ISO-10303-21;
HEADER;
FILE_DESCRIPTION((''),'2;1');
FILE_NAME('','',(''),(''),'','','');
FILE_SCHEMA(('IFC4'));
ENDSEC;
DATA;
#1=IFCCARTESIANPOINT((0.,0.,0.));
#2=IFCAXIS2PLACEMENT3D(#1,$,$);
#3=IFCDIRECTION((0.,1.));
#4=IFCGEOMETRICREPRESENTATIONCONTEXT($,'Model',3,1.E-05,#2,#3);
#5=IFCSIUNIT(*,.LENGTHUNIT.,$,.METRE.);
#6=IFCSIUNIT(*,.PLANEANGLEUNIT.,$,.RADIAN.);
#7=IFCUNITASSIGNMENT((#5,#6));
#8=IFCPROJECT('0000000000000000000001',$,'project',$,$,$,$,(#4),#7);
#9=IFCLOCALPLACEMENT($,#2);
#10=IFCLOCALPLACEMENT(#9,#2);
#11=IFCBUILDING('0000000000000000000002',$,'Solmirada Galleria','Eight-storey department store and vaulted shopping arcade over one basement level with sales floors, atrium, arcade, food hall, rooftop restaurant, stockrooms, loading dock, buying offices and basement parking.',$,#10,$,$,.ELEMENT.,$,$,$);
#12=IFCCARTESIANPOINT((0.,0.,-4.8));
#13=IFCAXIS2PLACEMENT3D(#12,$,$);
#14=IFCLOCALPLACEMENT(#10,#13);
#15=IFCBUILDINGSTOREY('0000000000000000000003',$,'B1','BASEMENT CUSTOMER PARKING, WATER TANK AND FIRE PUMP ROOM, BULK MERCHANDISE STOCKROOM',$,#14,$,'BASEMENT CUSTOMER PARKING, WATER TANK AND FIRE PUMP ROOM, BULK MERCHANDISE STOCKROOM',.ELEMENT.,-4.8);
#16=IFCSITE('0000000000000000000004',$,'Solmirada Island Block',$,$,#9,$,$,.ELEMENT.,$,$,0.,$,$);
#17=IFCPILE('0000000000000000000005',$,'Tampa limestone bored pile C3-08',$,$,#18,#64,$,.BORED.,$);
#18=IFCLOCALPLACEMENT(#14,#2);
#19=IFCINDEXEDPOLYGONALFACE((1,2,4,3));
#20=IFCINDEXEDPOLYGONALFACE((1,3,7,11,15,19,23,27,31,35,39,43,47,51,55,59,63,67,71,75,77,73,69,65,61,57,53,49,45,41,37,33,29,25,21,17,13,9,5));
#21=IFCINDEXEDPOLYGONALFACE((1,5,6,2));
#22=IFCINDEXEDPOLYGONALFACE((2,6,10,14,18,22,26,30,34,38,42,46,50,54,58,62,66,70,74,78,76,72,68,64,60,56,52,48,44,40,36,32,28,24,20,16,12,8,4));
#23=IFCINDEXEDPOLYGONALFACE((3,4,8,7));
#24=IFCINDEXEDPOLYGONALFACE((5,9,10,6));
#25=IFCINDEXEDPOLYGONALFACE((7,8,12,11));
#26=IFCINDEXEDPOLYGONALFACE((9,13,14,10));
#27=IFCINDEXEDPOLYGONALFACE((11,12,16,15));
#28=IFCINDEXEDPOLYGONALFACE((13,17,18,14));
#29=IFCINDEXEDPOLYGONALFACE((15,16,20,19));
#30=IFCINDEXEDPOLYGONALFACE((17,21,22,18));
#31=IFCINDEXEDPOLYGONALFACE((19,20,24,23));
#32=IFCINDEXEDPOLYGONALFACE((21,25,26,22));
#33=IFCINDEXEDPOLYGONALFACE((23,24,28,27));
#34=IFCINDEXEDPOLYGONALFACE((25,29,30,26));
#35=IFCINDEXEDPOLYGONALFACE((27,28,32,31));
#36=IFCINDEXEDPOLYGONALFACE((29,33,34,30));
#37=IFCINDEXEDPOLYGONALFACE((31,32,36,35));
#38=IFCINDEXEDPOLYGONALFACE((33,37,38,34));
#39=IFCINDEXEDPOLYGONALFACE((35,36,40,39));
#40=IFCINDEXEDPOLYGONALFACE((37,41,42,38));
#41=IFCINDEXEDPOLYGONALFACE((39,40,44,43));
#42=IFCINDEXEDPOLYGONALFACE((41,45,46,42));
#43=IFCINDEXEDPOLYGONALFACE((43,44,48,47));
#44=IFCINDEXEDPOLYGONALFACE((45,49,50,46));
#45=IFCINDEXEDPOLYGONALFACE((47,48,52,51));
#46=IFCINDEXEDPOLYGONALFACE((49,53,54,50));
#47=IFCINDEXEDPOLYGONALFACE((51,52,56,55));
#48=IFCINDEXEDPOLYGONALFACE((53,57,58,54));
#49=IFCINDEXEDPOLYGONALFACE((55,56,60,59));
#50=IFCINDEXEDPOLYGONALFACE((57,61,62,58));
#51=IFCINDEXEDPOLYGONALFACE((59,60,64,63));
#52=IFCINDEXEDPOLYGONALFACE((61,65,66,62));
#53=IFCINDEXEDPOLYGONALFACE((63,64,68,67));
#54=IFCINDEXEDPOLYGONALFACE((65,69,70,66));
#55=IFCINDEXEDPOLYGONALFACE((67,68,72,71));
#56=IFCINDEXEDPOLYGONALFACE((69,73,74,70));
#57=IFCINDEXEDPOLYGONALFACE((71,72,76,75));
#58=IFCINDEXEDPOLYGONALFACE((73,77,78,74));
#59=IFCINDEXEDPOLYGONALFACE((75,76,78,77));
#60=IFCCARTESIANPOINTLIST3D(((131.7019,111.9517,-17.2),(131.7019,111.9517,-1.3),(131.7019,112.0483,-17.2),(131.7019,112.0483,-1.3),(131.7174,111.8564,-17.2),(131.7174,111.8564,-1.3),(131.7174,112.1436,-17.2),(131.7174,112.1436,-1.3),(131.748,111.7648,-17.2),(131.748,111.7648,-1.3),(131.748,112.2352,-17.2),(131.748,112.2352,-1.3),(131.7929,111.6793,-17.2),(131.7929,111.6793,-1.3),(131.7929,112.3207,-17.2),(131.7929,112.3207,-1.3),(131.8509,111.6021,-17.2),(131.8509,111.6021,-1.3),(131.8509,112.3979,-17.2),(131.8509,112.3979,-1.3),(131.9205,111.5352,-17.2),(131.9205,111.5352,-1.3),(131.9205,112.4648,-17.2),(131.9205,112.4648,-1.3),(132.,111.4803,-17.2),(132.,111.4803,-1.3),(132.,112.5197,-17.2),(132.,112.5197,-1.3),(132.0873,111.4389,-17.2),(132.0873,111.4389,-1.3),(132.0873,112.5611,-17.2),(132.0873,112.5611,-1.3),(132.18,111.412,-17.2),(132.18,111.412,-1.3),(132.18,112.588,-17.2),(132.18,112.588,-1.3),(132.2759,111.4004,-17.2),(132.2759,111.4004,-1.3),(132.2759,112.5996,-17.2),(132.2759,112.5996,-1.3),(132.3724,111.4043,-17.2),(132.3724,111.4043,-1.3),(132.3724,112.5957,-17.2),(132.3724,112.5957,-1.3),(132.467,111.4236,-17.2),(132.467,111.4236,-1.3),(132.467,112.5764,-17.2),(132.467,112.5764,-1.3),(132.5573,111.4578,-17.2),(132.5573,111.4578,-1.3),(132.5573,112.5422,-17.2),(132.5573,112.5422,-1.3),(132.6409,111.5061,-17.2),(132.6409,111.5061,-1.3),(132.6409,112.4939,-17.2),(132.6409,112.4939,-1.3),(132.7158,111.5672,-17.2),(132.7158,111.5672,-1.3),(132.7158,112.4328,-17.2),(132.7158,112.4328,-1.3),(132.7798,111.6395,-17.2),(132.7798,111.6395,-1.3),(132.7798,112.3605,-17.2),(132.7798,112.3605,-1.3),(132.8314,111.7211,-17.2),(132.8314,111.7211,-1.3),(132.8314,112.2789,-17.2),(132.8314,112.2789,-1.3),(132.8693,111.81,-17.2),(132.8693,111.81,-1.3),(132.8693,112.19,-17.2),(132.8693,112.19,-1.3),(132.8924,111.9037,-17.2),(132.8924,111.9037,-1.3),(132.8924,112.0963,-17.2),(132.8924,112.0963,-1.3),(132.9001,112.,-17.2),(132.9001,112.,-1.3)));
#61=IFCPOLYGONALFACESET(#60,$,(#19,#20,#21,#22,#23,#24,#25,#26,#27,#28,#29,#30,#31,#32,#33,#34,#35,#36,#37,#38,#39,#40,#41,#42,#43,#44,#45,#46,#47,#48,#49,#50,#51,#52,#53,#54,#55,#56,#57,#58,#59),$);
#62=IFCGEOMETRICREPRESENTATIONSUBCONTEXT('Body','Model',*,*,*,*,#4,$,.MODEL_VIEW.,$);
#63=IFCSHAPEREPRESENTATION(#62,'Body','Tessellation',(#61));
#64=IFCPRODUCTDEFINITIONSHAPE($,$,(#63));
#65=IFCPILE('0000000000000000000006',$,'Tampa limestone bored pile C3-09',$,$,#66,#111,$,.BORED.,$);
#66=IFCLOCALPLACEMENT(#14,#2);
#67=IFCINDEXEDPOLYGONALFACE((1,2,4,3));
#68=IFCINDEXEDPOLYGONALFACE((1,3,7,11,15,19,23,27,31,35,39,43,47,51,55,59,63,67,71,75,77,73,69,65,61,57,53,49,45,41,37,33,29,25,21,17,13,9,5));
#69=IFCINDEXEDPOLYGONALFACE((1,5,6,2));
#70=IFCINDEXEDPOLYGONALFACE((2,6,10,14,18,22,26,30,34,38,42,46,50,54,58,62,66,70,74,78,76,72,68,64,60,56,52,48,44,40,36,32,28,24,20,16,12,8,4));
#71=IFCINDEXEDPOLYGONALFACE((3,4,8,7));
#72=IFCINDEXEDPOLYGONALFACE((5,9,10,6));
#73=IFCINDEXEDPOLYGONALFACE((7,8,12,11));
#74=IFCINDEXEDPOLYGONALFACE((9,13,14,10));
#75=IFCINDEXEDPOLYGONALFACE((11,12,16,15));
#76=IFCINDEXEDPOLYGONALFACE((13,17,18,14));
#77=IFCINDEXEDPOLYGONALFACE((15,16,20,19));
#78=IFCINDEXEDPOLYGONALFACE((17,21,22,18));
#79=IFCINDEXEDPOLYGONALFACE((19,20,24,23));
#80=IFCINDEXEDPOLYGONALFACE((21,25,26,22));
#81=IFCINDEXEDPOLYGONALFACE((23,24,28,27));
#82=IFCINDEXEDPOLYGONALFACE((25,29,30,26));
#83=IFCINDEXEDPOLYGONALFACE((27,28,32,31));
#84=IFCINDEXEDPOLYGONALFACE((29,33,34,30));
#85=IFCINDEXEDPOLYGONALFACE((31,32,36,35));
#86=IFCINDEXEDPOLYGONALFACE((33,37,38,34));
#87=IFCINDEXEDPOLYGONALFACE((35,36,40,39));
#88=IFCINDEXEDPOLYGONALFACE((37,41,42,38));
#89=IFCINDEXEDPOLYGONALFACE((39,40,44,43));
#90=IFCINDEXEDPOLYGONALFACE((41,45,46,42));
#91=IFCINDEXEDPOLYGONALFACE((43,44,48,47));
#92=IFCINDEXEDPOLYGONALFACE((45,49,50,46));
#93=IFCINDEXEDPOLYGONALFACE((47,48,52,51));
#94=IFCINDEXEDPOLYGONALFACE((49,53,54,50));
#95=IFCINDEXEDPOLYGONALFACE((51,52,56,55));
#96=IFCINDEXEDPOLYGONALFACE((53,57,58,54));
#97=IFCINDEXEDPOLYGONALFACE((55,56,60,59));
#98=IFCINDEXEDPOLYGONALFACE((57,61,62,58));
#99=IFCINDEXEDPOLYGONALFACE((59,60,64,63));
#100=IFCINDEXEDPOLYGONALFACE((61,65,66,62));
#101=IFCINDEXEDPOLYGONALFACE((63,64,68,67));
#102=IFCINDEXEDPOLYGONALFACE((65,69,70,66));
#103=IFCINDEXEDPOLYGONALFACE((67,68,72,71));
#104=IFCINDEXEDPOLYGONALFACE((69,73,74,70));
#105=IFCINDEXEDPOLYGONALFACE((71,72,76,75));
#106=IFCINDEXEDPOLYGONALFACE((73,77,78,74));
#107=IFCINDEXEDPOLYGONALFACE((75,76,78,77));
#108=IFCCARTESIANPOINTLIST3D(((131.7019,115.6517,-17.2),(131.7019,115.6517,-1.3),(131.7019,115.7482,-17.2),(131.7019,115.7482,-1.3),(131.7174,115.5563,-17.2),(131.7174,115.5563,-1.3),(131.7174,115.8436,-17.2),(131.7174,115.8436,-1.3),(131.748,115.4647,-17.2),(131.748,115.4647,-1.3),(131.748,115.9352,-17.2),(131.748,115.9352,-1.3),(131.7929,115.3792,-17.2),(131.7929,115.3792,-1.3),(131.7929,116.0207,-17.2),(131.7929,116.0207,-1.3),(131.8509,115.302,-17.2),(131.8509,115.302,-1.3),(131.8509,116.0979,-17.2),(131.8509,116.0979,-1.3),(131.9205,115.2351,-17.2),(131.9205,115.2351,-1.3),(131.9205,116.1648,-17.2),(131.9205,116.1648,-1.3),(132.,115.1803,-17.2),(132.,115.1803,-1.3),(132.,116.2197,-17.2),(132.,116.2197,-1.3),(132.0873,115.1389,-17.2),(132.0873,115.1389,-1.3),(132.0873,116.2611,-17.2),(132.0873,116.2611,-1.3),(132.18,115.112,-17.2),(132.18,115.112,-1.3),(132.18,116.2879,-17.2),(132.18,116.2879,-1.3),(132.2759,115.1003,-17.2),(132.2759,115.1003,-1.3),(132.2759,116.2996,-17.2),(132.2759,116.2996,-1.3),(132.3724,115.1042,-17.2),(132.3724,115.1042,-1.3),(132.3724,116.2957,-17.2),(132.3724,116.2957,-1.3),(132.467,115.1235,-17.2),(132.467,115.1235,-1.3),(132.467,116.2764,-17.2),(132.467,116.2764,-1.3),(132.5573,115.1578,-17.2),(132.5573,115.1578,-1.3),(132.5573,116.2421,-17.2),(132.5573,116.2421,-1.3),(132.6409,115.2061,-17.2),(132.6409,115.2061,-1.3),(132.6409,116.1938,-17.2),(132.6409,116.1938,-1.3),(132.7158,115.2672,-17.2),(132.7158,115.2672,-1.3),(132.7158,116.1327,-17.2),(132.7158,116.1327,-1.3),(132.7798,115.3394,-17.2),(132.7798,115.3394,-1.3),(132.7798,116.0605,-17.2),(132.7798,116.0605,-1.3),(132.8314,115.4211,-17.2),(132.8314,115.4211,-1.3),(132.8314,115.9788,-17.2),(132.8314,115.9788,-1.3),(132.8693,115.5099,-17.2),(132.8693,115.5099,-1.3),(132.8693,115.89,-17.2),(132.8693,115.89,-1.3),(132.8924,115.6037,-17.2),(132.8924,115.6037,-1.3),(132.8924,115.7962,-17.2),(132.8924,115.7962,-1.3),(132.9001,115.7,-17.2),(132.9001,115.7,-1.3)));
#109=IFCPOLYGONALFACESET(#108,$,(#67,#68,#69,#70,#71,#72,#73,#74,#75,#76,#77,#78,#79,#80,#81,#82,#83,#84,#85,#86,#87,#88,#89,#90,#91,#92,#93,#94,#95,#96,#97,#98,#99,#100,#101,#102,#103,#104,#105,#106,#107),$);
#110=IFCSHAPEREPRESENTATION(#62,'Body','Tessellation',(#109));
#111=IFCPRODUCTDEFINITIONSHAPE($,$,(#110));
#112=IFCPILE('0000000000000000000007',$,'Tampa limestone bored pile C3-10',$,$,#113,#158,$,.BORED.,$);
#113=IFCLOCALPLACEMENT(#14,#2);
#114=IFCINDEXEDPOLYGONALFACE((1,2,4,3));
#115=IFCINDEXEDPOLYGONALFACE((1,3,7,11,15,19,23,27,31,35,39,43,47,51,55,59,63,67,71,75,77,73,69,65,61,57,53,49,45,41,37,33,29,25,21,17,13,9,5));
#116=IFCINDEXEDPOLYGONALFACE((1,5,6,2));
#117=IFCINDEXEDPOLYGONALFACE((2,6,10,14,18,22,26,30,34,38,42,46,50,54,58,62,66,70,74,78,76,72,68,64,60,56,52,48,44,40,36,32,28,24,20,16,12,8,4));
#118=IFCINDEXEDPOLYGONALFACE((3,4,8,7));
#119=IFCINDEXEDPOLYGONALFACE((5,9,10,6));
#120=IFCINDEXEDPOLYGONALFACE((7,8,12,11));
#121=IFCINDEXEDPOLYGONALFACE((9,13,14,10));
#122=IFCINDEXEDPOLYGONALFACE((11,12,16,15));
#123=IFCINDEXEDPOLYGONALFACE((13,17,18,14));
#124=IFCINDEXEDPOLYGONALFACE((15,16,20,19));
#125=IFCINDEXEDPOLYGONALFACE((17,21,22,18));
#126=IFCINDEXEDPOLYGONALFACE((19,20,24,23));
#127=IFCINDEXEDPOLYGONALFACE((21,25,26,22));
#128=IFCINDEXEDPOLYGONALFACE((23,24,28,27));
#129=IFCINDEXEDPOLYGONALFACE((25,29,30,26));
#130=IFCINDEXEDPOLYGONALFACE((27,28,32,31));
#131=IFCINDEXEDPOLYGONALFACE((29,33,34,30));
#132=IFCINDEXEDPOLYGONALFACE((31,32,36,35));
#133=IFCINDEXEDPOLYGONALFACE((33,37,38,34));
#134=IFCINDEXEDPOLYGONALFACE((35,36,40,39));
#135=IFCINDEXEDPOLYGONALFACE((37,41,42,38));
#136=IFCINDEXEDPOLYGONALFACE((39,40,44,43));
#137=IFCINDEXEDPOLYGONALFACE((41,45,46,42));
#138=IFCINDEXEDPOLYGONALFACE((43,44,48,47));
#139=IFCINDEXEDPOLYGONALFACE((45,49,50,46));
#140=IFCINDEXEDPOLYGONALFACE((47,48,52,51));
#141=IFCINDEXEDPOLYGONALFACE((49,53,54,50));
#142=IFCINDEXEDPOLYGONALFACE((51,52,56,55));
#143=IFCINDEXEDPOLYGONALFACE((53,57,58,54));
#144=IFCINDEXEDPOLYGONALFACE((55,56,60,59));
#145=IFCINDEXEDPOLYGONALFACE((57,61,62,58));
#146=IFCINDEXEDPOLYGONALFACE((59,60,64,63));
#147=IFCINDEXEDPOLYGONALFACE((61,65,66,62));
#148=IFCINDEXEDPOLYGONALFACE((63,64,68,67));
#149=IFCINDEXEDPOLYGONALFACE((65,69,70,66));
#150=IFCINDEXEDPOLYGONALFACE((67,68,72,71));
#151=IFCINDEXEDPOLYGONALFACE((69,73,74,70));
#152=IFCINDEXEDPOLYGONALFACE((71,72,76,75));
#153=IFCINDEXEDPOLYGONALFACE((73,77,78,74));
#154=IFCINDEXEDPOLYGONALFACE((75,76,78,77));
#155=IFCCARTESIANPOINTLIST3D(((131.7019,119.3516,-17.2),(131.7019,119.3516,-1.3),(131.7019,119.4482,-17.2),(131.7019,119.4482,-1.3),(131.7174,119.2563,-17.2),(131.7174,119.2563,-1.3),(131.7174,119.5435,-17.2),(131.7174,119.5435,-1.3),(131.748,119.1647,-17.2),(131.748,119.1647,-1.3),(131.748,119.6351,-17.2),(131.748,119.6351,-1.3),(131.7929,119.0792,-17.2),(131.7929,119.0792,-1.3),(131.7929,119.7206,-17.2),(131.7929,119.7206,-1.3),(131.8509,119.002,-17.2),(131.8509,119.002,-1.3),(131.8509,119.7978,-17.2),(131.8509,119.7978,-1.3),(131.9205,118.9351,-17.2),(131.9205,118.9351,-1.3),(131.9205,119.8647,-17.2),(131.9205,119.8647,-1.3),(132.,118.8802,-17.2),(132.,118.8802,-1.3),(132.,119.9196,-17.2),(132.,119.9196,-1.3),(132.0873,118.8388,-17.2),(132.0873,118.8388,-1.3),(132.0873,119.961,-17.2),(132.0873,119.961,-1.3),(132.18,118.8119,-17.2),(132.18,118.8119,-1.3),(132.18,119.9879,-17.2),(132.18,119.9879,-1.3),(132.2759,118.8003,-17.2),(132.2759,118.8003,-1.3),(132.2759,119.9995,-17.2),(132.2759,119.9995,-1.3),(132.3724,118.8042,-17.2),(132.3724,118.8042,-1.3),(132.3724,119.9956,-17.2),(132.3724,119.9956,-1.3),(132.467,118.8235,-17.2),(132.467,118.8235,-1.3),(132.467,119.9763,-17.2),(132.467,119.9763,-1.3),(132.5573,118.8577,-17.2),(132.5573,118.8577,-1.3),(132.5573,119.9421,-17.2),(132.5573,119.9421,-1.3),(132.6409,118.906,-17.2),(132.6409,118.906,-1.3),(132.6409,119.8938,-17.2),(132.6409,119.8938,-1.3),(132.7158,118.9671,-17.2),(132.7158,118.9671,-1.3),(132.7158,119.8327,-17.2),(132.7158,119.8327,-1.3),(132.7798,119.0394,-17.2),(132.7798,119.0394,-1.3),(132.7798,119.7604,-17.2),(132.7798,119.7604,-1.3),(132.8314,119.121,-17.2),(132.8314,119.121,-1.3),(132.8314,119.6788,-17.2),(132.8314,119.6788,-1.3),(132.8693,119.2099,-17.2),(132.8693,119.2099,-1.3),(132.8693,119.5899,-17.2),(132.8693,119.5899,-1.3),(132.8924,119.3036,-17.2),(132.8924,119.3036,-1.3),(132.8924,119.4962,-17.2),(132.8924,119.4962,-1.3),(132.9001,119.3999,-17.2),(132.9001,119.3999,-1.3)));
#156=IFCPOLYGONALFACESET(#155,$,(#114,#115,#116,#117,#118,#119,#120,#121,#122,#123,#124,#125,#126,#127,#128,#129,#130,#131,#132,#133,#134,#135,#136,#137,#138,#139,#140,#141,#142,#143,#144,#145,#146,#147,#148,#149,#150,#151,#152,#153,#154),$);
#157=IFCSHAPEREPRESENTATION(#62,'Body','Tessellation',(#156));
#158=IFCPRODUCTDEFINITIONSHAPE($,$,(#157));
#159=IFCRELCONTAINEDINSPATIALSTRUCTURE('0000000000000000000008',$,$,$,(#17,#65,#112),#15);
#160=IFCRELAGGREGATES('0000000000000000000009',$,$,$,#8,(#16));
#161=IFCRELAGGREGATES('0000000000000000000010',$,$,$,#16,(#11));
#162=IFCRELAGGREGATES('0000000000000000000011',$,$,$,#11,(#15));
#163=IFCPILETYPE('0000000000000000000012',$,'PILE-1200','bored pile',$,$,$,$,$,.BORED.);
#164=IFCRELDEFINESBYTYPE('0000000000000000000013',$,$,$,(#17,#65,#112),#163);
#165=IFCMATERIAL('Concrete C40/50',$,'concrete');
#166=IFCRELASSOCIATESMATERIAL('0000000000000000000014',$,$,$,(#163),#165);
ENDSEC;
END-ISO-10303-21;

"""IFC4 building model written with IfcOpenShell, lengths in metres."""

from ifc_helpers import new_model, si_unit, direction, frame, origin, origin_2d, place, context, subcontext, project, spatial, circle, extrude, material, material_profile, profile_set, type_object, element, save


model = new_model("IFC4")

# Units and contexts
model_context = context("Model", 3, precision=1e-05, world=origin(), true_north=direction((0.0, 1.0)))
body_context = subcontext(model_context, "Body", "Model", "MODEL_VIEW")
ifc_project = project(units=[si_unit("LENGTHUNIT", "METRE"), si_unit("PLANEANGLEUNIT", "RADIAN")], contexts=[model_context])

# Site, building, storey
site_placement = place(None, origin())
site = spatial("IfcSite", under=ifc_project, at=site_placement, Name="Solmirada Island Block", CompositionType="ELEMENT", RefElevation=0.0)
building_placement = place(site_placement, origin())
building = spatial("IfcBuilding", under=site, at=building_placement, Name="Solmirada Galleria", Description="Eight-storey department store and vaulted shopping arcade over one basement level with sales floors, atrium, arcade, food hall, rooftop restaurant, stockrooms, loading dock, buying offices and basement parking.", CompositionType="ELEMENT")
storey_placement = place(building_placement, frame((0.0, 0.0, -4.8)))
storey = spatial("IfcBuildingStorey", under=building, at=storey_placement, Name="B1", Description="BASEMENT CUSTOMER PARKING, WATER TANK AND FIRE PUMP ROOM, BULK MERCHANDISE STOCKROOM", LongName="BASEMENT CUSTOMER PARKING, WATER TANK AND FIRE PUMP ROOM, BULK MERCHANDISE STOCKROOM", CompositionType="ELEMENT", Elevation=-4.8)

# Piles
ifc_material_1 = material(Name="Concrete C40/50", Category="concrete")
ifc_material_profile_1 = material_profile(ifc_material_1, circle(Radius=0.6001, at=origin_2d()), Name="PILE1200")
ifc_profile_set_1 = profile_set([ifc_material_profile_1], Name="Concrete C40/50")
pile_type = type_object("IfcPileType", Name="PILE-1200", Description="bored pile", PredefinedType="BORED", material=ifc_profile_set_1)
for number, where, z_axis, x_axis, name in (
    (1, (132.3, 112.0, -1.3), (0.0, 0.0, -1.0), (1.0, 0.0, 0.0), "Tampa limestone bored pile C3-08"),
    (2, (132.3, 115.7, -1.3), (0.0, 0.0, -1.0), (1.0, 0.0, 0.0), "Tampa limestone bored pile C3-09"),
    (3, (132.3, 119.3999, -1.3), (0.0, 0.0, -1.0), (1.0, 0.0, 0.0), "Tampa limestone bored pile C3-10"),
):
    element("IfcPile", number, at=place(storey_placement, frame(where, z_axis=z_axis, x_axis=x_axis)), inside=storey, type_object=pile_type, Name=name, PredefinedType="BORED", context=body_context, shape_type="SweptSolid", body=[
        extrude(circle(Radius=0.6001, at=origin_2d()), origin(), (0.0, 0.0, 1.0), 15.8999),
    ])

save(model, "model.ifc")
